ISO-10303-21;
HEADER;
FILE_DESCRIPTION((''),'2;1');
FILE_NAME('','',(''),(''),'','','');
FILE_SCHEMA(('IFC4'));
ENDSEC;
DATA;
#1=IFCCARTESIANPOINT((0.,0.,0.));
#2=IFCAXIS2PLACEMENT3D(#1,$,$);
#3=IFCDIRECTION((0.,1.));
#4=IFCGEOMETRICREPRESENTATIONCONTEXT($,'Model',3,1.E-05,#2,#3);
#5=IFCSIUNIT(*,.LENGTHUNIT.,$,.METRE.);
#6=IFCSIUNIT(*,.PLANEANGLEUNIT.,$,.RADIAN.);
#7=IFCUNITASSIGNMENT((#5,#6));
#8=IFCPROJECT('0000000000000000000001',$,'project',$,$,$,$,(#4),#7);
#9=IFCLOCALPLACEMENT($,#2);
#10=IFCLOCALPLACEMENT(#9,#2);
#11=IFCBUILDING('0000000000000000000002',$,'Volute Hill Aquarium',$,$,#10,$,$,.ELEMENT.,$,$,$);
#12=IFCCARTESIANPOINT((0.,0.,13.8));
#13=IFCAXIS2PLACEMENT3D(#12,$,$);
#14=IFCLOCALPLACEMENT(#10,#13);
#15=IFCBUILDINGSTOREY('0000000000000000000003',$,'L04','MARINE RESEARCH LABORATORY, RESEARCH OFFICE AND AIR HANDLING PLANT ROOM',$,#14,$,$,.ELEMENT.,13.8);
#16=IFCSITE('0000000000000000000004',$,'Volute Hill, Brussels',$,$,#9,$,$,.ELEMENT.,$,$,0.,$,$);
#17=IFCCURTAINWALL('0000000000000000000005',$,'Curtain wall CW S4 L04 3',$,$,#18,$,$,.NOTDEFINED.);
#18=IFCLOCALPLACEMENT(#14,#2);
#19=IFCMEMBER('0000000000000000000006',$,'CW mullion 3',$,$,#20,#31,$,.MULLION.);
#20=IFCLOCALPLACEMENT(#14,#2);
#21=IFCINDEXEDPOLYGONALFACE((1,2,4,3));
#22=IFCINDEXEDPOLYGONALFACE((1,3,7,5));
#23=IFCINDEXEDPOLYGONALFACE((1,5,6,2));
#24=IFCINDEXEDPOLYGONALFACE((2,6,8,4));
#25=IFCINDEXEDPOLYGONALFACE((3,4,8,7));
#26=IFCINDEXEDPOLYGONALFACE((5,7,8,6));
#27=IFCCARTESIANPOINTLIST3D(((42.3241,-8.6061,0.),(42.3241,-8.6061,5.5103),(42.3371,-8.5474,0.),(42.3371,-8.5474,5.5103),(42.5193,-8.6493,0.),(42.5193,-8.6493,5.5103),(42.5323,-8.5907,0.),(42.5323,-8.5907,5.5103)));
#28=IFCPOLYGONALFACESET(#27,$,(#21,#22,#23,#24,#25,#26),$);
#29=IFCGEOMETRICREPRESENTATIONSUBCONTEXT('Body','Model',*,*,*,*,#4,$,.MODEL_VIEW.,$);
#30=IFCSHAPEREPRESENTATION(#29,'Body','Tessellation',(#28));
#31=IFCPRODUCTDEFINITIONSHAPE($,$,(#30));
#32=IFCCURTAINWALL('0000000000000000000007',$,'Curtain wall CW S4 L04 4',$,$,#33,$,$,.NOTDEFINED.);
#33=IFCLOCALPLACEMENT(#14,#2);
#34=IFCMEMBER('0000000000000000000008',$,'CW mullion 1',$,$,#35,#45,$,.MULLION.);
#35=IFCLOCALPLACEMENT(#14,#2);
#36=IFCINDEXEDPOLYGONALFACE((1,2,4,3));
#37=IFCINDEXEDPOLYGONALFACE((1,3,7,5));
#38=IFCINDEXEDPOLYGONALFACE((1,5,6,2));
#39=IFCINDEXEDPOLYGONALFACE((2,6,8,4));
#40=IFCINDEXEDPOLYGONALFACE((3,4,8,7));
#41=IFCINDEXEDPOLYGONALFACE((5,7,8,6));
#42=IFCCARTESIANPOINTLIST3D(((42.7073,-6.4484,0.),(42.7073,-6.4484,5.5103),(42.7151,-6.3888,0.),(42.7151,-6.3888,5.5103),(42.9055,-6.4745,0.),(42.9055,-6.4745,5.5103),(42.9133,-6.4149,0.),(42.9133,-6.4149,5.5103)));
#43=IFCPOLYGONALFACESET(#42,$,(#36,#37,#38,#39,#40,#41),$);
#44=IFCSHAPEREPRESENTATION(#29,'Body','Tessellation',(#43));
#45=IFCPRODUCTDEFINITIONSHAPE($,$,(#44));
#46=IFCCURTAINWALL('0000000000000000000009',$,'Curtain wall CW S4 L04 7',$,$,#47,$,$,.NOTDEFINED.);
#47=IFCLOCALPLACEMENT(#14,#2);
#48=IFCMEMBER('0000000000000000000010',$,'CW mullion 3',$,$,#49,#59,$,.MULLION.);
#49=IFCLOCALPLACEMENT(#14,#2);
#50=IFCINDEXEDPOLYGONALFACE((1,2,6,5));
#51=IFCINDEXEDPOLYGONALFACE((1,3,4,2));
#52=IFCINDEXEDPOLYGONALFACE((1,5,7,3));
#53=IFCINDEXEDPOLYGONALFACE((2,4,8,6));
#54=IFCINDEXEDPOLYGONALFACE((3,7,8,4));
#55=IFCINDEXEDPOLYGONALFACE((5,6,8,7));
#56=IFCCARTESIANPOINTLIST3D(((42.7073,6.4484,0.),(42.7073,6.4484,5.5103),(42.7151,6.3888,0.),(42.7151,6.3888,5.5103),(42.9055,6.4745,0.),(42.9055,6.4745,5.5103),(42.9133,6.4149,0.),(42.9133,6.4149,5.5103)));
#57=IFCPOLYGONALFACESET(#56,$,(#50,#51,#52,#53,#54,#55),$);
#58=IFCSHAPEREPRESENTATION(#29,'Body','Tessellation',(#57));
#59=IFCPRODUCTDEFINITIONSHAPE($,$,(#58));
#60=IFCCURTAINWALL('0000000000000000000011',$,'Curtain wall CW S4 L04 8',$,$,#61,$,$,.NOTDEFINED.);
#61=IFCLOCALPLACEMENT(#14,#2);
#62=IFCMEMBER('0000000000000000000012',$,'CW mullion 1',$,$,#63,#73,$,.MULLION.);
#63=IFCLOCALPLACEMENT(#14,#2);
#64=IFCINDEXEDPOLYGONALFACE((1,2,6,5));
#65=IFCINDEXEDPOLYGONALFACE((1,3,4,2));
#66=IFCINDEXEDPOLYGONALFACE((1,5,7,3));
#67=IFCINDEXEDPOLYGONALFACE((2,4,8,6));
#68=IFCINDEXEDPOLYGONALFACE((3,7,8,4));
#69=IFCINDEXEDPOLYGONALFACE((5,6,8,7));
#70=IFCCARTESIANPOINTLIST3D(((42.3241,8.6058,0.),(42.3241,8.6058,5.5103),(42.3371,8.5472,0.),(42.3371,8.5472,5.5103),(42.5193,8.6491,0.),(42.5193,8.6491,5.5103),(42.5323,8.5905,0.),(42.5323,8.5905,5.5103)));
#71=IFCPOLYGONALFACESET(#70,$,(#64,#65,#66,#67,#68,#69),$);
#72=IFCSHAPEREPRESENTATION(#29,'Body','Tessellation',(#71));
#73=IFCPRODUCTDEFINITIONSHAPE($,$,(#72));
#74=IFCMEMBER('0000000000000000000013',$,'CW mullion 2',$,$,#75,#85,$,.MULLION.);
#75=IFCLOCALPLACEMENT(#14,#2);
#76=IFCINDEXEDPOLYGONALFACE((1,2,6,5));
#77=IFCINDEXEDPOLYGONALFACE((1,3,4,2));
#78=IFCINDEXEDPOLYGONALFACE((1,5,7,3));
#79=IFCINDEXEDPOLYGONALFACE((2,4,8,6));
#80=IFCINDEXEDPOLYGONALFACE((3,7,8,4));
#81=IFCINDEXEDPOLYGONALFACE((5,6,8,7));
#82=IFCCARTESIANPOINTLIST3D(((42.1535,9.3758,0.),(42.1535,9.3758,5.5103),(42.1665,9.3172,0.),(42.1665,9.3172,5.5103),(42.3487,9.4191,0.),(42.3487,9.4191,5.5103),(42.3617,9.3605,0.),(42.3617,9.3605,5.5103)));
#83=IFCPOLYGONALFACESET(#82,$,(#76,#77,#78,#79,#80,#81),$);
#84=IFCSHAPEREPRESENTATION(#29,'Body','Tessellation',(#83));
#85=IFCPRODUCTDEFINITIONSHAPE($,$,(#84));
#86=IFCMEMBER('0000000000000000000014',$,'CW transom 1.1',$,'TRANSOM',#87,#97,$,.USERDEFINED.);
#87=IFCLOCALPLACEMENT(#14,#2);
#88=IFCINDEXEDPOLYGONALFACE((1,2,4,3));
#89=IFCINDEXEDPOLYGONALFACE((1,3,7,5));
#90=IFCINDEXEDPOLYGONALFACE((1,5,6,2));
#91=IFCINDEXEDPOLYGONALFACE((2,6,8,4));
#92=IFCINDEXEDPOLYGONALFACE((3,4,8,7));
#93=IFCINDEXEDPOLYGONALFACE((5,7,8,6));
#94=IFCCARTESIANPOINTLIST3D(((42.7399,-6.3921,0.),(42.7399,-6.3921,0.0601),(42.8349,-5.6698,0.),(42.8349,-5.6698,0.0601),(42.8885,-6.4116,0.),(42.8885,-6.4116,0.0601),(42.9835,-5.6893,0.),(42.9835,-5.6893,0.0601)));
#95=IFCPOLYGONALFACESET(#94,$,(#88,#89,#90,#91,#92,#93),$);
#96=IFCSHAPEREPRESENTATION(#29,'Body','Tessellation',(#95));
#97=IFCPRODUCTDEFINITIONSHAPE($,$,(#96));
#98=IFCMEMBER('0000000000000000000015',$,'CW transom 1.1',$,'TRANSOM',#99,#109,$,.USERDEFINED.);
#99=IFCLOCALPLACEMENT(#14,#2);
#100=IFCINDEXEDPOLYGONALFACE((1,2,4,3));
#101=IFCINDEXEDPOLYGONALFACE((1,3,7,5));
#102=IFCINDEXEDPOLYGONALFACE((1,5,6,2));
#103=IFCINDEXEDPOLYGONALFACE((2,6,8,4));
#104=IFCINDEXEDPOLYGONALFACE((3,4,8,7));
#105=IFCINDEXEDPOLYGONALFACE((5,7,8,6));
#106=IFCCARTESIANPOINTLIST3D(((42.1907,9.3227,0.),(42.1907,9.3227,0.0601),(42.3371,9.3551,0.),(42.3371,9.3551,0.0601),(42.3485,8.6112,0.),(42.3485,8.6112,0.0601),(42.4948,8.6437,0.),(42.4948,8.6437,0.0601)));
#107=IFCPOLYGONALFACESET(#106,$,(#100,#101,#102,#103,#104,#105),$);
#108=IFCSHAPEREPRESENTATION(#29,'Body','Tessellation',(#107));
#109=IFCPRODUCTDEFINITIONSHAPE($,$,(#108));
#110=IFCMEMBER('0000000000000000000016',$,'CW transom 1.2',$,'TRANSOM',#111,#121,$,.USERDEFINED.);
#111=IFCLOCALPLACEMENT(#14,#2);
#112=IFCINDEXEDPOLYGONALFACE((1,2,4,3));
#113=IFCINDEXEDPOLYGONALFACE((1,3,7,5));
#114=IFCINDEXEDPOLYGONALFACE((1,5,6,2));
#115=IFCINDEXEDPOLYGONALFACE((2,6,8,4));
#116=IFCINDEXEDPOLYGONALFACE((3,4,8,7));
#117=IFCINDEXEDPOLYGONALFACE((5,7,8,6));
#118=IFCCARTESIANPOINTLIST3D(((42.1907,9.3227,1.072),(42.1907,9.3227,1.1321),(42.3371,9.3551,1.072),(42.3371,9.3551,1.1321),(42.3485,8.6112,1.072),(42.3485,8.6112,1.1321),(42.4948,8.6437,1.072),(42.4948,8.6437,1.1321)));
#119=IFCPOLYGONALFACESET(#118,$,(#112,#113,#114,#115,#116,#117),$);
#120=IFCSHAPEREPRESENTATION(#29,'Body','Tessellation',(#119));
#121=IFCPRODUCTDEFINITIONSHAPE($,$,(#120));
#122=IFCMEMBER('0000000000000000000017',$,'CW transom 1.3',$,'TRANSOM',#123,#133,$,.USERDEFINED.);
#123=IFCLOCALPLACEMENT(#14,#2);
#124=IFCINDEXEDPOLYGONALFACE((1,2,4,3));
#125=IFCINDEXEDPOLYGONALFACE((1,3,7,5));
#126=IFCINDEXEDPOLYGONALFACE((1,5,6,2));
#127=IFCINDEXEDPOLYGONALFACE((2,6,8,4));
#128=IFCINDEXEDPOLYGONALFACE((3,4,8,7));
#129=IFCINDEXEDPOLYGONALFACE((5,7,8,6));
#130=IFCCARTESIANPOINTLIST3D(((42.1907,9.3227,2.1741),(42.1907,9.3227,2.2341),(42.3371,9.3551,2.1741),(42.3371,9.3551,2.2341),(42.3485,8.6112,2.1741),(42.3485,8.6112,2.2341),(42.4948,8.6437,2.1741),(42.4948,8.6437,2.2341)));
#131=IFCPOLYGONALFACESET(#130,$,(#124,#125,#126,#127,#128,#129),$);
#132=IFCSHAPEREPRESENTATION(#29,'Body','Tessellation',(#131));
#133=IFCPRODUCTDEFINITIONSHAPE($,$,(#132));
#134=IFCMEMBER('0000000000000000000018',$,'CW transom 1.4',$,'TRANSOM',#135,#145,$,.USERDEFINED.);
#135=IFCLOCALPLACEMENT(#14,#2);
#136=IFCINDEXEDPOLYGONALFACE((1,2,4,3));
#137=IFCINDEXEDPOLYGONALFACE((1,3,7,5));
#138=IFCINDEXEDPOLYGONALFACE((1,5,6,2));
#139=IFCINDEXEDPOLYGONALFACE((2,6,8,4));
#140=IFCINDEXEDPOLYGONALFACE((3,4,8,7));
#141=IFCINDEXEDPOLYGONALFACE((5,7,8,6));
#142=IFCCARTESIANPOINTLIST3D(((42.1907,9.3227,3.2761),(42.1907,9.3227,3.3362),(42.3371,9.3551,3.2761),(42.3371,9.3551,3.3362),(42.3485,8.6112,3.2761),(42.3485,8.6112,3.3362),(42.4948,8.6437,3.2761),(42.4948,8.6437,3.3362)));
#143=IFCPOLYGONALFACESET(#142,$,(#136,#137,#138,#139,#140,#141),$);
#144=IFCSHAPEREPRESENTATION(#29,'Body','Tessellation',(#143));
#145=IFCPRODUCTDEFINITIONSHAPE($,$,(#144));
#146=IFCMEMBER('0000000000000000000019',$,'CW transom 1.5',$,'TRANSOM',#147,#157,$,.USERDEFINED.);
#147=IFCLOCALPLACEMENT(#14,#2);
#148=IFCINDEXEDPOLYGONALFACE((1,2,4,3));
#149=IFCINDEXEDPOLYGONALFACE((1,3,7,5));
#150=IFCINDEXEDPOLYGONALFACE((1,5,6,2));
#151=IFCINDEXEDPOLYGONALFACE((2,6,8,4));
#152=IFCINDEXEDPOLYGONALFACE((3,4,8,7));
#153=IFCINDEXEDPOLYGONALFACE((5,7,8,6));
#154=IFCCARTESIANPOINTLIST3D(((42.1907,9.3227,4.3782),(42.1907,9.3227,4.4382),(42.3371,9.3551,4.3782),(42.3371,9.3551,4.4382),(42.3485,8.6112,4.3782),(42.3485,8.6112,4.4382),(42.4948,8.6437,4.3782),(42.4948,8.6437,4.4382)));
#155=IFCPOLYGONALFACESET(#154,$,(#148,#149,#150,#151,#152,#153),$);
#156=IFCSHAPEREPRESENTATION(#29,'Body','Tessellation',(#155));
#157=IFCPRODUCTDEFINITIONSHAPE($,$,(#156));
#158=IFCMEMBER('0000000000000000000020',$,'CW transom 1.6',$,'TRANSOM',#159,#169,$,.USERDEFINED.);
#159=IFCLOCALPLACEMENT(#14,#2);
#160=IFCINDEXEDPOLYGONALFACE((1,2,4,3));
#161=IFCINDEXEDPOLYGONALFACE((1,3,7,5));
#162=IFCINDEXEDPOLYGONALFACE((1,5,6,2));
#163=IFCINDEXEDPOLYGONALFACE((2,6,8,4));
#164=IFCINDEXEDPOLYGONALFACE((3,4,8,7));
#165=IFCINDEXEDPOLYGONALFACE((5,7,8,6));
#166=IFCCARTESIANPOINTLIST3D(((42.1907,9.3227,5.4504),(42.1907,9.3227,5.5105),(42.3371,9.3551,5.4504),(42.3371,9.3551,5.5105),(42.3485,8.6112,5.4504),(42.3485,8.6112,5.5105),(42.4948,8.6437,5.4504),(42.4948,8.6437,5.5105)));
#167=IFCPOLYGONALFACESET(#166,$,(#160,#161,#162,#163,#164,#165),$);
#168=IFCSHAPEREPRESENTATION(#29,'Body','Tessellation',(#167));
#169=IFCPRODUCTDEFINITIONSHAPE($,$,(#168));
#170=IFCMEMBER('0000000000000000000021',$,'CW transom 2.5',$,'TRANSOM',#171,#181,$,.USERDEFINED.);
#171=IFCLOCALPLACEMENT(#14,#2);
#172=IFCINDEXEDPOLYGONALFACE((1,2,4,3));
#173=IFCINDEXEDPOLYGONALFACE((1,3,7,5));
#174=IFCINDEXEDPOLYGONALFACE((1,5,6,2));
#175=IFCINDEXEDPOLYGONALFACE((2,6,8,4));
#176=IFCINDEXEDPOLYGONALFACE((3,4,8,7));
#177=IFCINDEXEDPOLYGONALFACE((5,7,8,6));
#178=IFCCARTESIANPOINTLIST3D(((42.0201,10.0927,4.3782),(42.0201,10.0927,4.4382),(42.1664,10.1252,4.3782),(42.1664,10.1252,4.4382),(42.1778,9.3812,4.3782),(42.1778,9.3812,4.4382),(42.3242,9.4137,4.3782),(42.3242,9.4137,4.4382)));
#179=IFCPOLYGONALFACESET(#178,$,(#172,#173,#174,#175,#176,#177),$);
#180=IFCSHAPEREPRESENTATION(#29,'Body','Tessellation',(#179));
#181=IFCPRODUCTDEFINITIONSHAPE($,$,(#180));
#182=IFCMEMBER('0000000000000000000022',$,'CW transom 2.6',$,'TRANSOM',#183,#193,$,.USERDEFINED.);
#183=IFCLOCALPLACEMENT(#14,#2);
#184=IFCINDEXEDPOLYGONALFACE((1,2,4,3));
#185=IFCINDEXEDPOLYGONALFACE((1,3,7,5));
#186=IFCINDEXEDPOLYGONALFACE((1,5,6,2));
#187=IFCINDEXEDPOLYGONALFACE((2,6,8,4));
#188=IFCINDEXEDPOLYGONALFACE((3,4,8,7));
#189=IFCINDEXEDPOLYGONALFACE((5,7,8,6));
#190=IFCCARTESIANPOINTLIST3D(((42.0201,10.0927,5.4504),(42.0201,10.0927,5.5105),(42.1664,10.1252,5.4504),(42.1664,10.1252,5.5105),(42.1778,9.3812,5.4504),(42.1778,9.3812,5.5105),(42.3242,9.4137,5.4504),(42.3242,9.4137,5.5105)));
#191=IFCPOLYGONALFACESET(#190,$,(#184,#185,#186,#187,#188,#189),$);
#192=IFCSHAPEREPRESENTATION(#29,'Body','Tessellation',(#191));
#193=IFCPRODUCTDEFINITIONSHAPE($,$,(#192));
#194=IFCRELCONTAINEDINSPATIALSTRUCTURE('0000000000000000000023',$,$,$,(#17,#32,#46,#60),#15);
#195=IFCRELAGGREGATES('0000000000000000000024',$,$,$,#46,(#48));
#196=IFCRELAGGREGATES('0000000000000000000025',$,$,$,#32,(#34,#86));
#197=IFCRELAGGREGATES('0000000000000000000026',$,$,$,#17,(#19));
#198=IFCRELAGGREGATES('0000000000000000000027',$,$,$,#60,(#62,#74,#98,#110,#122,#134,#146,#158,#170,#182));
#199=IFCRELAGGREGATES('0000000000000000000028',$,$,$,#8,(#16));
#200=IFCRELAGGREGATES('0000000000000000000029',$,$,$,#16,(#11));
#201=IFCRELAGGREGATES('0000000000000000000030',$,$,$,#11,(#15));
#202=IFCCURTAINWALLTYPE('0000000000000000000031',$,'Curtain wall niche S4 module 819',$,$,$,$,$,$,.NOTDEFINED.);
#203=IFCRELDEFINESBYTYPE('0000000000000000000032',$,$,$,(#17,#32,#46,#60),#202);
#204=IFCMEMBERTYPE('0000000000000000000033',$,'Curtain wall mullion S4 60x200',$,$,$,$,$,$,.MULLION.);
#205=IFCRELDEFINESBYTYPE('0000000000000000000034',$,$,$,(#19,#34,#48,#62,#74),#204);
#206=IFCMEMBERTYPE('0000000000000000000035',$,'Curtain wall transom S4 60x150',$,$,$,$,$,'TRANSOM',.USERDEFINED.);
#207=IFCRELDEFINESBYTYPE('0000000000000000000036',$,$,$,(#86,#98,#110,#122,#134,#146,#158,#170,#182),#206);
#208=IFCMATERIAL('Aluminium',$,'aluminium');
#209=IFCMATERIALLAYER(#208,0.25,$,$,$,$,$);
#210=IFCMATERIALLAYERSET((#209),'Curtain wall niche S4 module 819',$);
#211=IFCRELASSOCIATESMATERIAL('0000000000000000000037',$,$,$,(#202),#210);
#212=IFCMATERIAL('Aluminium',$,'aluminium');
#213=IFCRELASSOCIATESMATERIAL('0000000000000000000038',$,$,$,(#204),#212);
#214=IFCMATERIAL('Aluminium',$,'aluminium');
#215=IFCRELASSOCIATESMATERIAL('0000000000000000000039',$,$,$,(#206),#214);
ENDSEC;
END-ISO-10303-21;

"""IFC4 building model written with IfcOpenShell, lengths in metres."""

from ifc_helpers import new_model, si_unit, direction, frame, origin, origin_2d, place, context, subcontext, project, spatial, rectangle, extrude, material, layer, layer_set, material_profile, profile_set, type_object, element, aggregate, save


model = new_model("IFC4")

# Units and contexts
model_context = context("Model", 3, precision=1e-05, world=origin(), true_north=direction((0.0, 1.0)))
body_context = subcontext(model_context, "Body", "Model", "MODEL_VIEW")
ifc_project = project(units=[si_unit("LENGTHUNIT", "METRE"), si_unit("PLANEANGLEUNIT", "RADIAN")], contexts=[model_context])

# Site, building, storey
site_placement = place(None, origin())
site = spatial("IfcSite", under=ifc_project, at=site_placement, Name="Volute Hill, Brussels", CompositionType="ELEMENT", RefElevation=0.0)
building_placement = place(site_placement, origin())
building = spatial("IfcBuilding", under=site, at=building_placement, Name="Volute Hill Aquarium", CompositionType="ELEMENT")
storey_placement = place(building_placement, frame((0.0, 0.0, 13.8)))
storey = spatial("IfcBuildingStorey", under=building, at=storey_placement, Name="L04", Description="MARINE RESEARCH LABORATORY, RESEARCH OFFICE AND AIR HANDLING PLANT ROOM", CompositionType="ELEMENT", Elevation=13.8)

# Curtain walls, members
ifc_material_1 = material(Name="Aluminium", Category="aluminium")
ifc_layer_1 = layer(ifc_material_1, 0.25)
ifc_layer_set_1 = layer_set([ifc_layer_1], Name="Curtain wall niche S4 module 819")
curtain_wall_type = type_object("IfcCurtainWallType", Name="Curtain wall niche S4 module 819", PredefinedType="NOTDEFINED", material=ifc_layer_set_1)
curtain_wall_1_placement = place(storey_placement, origin())
curtain_wall_1 = element("IfcCurtainWall", 1, at=curtain_wall_1_placement, inside=storey, type_object=curtain_wall_type, Name="Curtain wall CW S4 L04 3", PredefinedType="NOTDEFINED")
ifc_material_2 = material(Name="Aluminium", Category="aluminium")
ifc_material_profile_1 = material_profile(ifc_material_2, rectangle(XDim=0.2, YDim=0.0601, at=origin_2d()), Name="Curtain wall mullion S4 60x200")
ifc_profile_set_1 = profile_set([ifc_material_profile_1], Name="Aluminium")
member_type_1 = type_object("IfcMemberType", Name="Curtain wall mullion S4 60x200", PredefinedType="MULLION", material=ifc_profile_set_1)
member_1_placement = place(storey_placement, frame((42.4282, -8.5984, 0.0), z_axis=(0.0, 0.0, 1.0), x_axis=(-0.976298, 0.216432, 0.0)))
member_1 = element("IfcMember", 2, at=member_1_placement, type_object=member_type_1, Name="CW mullion 3", PredefinedType="MULLION", context=body_context, shape_type="SweptSolid", body=[
    extrude(rectangle(XDim=0.2, YDim=0.0601, at=origin_2d()), origin(), (0.0, 0.0, 1.0), 5.5103),
])
curtain_wall_2_placement = place(storey_placement, origin())
curtain_wall_2 = element("IfcCurtainWall", 3, at=curtain_wall_2_placement, inside=storey, type_object=curtain_wall_type, Name="Curtain wall CW S4 L04 4", PredefinedType="NOTDEFINED")
member_2_placement = place(storey_placement, frame((42.8103, -6.4316, 0.0), z_axis=(0.0, 0.0, 1.0), x_axis=(-0.991446, 0.130516, 0.0)))
member_2 = element("IfcMember", 4, at=member_2_placement, type_object=member_type_1, Name="CW mullion 1", PredefinedType="MULLION", context=body_context, shape_type="SweptSolid", body=[
    extrude(rectangle(XDim=0.2, YDim=0.0601, at=origin_2d()), origin(), (0.0, 0.0, 1.0), 5.5103),
])
curtain_wall_3_placement = place(storey_placement, origin())
curtain_wall_3 = element("IfcCurtainWall", 5, at=curtain_wall_3_placement, inside=storey, type_object=curtain_wall_type, Name="Curtain wall CW S4 L04 7", PredefinedType="NOTDEFINED")
member_3_placement = place(storey_placement, frame((42.8103, 6.4316, 0.0), z_axis=(0.0, 0.0, 1.0), x_axis=(-0.991446, -0.130516, 0.0)))
member_3 = element("IfcMember", 6, at=member_3_placement, type_object=member_type_1, Name="CW mullion 3", PredefinedType="MULLION", context=body_context, shape_type="SweptSolid", body=[
    extrude(rectangle(XDim=0.2, YDim=0.0601, at=origin_2d()), origin(), (0.0, 0.0, 1.0), 5.5103),
])
aggregate(curtain_wall_3, [member_3])

# Curtain wall, members
curtain_wall_4_placement = place(storey_placement, origin())
curtain_wall_4 = element("IfcCurtainWall", 7, at=curtain_wall_4_placement, inside=storey, type_object=curtain_wall_type, Name="Curtain wall CW S4 L04 8", PredefinedType="NOTDEFINED")
member_4_placement = place(storey_placement, frame((42.4282, 8.5981, 0.0), z_axis=(0.0, 0.0, 1.0), x_axis=(-0.976297, -0.216436, 0.0)))
member_4 = element("IfcMember", 8, at=member_4_placement, type_object=member_type_1, Name="CW mullion 1", PredefinedType="MULLION", context=body_context, shape_type="SweptSolid", body=[
    extrude(rectangle(XDim=0.2, YDim=0.0601, at=origin_2d()), origin(), (0.0, 0.0, 1.0), 5.5103),
])
member_5_placement = place(storey_placement, frame((42.2576, 9.3682, 0.0), z_axis=(0.0, 0.0, 1.0), x_axis=(-0.976297, -0.216436, 0.0)))
member_5 = element("IfcMember", 9, at=member_5_placement, type_object=member_type_1, Name="CW mullion 2", PredefinedType="MULLION", context=body_context, shape_type="SweptSolid", body=[
    extrude(rectangle(XDim=0.2, YDim=0.0601, at=origin_2d()), origin(), (0.0, 0.0, 1.0), 5.5103),
])

# Members
ifc_material_3 = material(Name="Aluminium", Category="aluminium")
ifc_material_profile_2 = material_profile(ifc_material_3, rectangle(XDim=0.1499, YDim=0.0601, at=origin_2d()), Name="Curtain wall transom S4 60x150")
ifc_profile_set_2 = profile_set([ifc_material_profile_2], Name="Aluminium")
member_type_2 = type_object("IfcMemberType", Name="Curtain wall transom S4 60x150", ElementType="TRANSOM", PredefinedType="USERDEFINED", material=ifc_profile_set_2)
member_6_placement = place(storey_placement, frame((42.8142, -6.4019, 0.03), z_axis=(0.130342, 0.991469, 0.0), x_axis=(-0.991469, 0.130342, 0.0)))
member_6 = element("IfcMember", 10, at=member_6_placement, type_object=member_type_2, Name="CW transom 1.1", ObjectType="TRANSOM", PredefinedType="USERDEFINED", context=body_context, shape_type="SweptSolid", body=[
    extrude(rectangle(XDim=0.1499, YDim=0.0601, at=origin_2d()), origin(), (0.0, 0.0, 1.0), 0.7285),
])
aggregate(curtain_wall_2, [member_2, member_6])
member_7_placement = place(storey_placement, frame((42.4216, 8.6274, 0.03), z_axis=(-0.216434, 0.976297, 0.0), x_axis=(-0.976297, -0.216434, 0.0)))
member_7 = element("IfcMember", 11, at=member_7_placement, type_object=member_type_2, Name="CW transom 1.1", ObjectType="TRANSOM", PredefinedType="USERDEFINED", context=body_context, shape_type="SweptSolid", body=[
    extrude(rectangle(XDim=0.1499, YDim=0.0601, at=origin_2d()), origin(), (0.0, 0.0, 1.0), 0.7288),
])
member_8_placement = place(storey_placement, frame((42.4216, 8.6274, 1.1021), z_axis=(-0.216434, 0.976297, 0.0), x_axis=(-0.976297, -0.216434, 0.0)))
member_8 = element("IfcMember", 12, at=member_8_placement, type_object=member_type_2, Name="CW transom 1.2", ObjectType="TRANSOM", PredefinedType="USERDEFINED", context=body_context, shape_type="SweptSolid", body=[
    extrude(rectangle(XDim=0.1499, YDim=0.0601, at=origin_2d()), origin(), (0.0, 0.0, 1.0), 0.7288),
])
member_9_placement = place(storey_placement, frame((42.4216, 8.6274, 2.2041), z_axis=(-0.216434, 0.976297, 0.0), x_axis=(-0.976297, -0.216434, 0.0)))
member_9 = element("IfcMember", 13, at=member_9_placement, type_object=member_type_2, Name="CW transom 1.3", ObjectType="TRANSOM", PredefinedType="USERDEFINED", context=body_context, shape_type="SweptSolid", body=[
    extrude(rectangle(XDim=0.1499, YDim=0.0601, at=origin_2d()), origin(), (0.0, 0.0, 1.0), 0.7288),
])
member_10_placement = place(storey_placement, frame((42.4216, 8.6274, 3.3062), z_axis=(-0.216434, 0.976297, 0.0), x_axis=(-0.976297, -0.216434, 0.0)))
member_10 = element("IfcMember", 14, at=member_10_placement, type_object=member_type_2, Name="CW transom 1.4", ObjectType="TRANSOM", PredefinedType="USERDEFINED", context=body_context, shape_type="SweptSolid", body=[
    extrude(rectangle(XDim=0.1499, YDim=0.0601, at=origin_2d()), origin(), (0.0, 0.0, 1.0), 0.7288),
])
member_11_placement = place(storey_placement, frame((42.4216, 8.6274, 4.4082), z_axis=(-0.216434, 0.976297, 0.0), x_axis=(-0.976297, -0.216434, 0.0)))
member_11 = element("IfcMember", 15, at=member_11_placement, type_object=member_type_2, Name="CW transom 1.5", ObjectType="TRANSOM", PredefinedType="USERDEFINED", context=body_context, shape_type="SweptSolid", body=[
    extrude(rectangle(XDim=0.1499, YDim=0.0601, at=origin_2d()), origin(), (0.0, 0.0, 1.0), 0.7288),
])
member_12_placement = place(storey_placement, frame((42.4216, 8.6274, 5.4805), z_axis=(-0.216434, 0.976297, 0.0), x_axis=(-0.976297, -0.216434, 0.0)))
member_12 = element("IfcMember", 16, at=member_12_placement, type_object=member_type_2, Name="CW transom 1.6", ObjectType="TRANSOM", PredefinedType="USERDEFINED", context=body_context, shape_type="SweptSolid", body=[
    extrude(rectangle(XDim=0.1499, YDim=0.0601, at=origin_2d()), origin(), (0.0, 0.0, 1.0), 0.7288),
])
member_13_placement = place(storey_placement, frame((42.251, 9.3975, 4.4082), z_axis=(-0.216434, 0.976297, 0.0), x_axis=(-0.976297, -0.216434, 0.0)))
member_13 = element("IfcMember", 17, at=member_13_placement, type_object=member_type_2, Name="CW transom 2.5", ObjectType="TRANSOM", PredefinedType="USERDEFINED", context=body_context, shape_type="SweptSolid", body=[
    extrude(rectangle(XDim=0.1499, YDim=0.0601, at=origin_2d()), origin(), (0.0, 0.0, 1.0), 0.7288),
])
member_14_placement = place(storey_placement, frame((42.251, 9.3975, 5.4805), z_axis=(-0.216434, 0.976297, 0.0), x_axis=(-0.976297, -0.216434, 0.0)))
member_14 = element("IfcMember", 18, at=member_14_placement, type_object=member_type_2, Name="CW transom 2.6", ObjectType="TRANSOM", PredefinedType="USERDEFINED", context=body_context, shape_type="SweptSolid", body=[
    extrude(rectangle(XDim=0.1499, YDim=0.0601, at=origin_2d()), origin(), (0.0, 0.0, 1.0), 0.7288),
])

aggregate(curtain_wall_1, [member_1])
aggregate(curtain_wall_4, [member_4, member_5, member_7, member_8, member_9, member_10, member_11, member_12, member_13, member_14])

save(model, "model.ifc")
